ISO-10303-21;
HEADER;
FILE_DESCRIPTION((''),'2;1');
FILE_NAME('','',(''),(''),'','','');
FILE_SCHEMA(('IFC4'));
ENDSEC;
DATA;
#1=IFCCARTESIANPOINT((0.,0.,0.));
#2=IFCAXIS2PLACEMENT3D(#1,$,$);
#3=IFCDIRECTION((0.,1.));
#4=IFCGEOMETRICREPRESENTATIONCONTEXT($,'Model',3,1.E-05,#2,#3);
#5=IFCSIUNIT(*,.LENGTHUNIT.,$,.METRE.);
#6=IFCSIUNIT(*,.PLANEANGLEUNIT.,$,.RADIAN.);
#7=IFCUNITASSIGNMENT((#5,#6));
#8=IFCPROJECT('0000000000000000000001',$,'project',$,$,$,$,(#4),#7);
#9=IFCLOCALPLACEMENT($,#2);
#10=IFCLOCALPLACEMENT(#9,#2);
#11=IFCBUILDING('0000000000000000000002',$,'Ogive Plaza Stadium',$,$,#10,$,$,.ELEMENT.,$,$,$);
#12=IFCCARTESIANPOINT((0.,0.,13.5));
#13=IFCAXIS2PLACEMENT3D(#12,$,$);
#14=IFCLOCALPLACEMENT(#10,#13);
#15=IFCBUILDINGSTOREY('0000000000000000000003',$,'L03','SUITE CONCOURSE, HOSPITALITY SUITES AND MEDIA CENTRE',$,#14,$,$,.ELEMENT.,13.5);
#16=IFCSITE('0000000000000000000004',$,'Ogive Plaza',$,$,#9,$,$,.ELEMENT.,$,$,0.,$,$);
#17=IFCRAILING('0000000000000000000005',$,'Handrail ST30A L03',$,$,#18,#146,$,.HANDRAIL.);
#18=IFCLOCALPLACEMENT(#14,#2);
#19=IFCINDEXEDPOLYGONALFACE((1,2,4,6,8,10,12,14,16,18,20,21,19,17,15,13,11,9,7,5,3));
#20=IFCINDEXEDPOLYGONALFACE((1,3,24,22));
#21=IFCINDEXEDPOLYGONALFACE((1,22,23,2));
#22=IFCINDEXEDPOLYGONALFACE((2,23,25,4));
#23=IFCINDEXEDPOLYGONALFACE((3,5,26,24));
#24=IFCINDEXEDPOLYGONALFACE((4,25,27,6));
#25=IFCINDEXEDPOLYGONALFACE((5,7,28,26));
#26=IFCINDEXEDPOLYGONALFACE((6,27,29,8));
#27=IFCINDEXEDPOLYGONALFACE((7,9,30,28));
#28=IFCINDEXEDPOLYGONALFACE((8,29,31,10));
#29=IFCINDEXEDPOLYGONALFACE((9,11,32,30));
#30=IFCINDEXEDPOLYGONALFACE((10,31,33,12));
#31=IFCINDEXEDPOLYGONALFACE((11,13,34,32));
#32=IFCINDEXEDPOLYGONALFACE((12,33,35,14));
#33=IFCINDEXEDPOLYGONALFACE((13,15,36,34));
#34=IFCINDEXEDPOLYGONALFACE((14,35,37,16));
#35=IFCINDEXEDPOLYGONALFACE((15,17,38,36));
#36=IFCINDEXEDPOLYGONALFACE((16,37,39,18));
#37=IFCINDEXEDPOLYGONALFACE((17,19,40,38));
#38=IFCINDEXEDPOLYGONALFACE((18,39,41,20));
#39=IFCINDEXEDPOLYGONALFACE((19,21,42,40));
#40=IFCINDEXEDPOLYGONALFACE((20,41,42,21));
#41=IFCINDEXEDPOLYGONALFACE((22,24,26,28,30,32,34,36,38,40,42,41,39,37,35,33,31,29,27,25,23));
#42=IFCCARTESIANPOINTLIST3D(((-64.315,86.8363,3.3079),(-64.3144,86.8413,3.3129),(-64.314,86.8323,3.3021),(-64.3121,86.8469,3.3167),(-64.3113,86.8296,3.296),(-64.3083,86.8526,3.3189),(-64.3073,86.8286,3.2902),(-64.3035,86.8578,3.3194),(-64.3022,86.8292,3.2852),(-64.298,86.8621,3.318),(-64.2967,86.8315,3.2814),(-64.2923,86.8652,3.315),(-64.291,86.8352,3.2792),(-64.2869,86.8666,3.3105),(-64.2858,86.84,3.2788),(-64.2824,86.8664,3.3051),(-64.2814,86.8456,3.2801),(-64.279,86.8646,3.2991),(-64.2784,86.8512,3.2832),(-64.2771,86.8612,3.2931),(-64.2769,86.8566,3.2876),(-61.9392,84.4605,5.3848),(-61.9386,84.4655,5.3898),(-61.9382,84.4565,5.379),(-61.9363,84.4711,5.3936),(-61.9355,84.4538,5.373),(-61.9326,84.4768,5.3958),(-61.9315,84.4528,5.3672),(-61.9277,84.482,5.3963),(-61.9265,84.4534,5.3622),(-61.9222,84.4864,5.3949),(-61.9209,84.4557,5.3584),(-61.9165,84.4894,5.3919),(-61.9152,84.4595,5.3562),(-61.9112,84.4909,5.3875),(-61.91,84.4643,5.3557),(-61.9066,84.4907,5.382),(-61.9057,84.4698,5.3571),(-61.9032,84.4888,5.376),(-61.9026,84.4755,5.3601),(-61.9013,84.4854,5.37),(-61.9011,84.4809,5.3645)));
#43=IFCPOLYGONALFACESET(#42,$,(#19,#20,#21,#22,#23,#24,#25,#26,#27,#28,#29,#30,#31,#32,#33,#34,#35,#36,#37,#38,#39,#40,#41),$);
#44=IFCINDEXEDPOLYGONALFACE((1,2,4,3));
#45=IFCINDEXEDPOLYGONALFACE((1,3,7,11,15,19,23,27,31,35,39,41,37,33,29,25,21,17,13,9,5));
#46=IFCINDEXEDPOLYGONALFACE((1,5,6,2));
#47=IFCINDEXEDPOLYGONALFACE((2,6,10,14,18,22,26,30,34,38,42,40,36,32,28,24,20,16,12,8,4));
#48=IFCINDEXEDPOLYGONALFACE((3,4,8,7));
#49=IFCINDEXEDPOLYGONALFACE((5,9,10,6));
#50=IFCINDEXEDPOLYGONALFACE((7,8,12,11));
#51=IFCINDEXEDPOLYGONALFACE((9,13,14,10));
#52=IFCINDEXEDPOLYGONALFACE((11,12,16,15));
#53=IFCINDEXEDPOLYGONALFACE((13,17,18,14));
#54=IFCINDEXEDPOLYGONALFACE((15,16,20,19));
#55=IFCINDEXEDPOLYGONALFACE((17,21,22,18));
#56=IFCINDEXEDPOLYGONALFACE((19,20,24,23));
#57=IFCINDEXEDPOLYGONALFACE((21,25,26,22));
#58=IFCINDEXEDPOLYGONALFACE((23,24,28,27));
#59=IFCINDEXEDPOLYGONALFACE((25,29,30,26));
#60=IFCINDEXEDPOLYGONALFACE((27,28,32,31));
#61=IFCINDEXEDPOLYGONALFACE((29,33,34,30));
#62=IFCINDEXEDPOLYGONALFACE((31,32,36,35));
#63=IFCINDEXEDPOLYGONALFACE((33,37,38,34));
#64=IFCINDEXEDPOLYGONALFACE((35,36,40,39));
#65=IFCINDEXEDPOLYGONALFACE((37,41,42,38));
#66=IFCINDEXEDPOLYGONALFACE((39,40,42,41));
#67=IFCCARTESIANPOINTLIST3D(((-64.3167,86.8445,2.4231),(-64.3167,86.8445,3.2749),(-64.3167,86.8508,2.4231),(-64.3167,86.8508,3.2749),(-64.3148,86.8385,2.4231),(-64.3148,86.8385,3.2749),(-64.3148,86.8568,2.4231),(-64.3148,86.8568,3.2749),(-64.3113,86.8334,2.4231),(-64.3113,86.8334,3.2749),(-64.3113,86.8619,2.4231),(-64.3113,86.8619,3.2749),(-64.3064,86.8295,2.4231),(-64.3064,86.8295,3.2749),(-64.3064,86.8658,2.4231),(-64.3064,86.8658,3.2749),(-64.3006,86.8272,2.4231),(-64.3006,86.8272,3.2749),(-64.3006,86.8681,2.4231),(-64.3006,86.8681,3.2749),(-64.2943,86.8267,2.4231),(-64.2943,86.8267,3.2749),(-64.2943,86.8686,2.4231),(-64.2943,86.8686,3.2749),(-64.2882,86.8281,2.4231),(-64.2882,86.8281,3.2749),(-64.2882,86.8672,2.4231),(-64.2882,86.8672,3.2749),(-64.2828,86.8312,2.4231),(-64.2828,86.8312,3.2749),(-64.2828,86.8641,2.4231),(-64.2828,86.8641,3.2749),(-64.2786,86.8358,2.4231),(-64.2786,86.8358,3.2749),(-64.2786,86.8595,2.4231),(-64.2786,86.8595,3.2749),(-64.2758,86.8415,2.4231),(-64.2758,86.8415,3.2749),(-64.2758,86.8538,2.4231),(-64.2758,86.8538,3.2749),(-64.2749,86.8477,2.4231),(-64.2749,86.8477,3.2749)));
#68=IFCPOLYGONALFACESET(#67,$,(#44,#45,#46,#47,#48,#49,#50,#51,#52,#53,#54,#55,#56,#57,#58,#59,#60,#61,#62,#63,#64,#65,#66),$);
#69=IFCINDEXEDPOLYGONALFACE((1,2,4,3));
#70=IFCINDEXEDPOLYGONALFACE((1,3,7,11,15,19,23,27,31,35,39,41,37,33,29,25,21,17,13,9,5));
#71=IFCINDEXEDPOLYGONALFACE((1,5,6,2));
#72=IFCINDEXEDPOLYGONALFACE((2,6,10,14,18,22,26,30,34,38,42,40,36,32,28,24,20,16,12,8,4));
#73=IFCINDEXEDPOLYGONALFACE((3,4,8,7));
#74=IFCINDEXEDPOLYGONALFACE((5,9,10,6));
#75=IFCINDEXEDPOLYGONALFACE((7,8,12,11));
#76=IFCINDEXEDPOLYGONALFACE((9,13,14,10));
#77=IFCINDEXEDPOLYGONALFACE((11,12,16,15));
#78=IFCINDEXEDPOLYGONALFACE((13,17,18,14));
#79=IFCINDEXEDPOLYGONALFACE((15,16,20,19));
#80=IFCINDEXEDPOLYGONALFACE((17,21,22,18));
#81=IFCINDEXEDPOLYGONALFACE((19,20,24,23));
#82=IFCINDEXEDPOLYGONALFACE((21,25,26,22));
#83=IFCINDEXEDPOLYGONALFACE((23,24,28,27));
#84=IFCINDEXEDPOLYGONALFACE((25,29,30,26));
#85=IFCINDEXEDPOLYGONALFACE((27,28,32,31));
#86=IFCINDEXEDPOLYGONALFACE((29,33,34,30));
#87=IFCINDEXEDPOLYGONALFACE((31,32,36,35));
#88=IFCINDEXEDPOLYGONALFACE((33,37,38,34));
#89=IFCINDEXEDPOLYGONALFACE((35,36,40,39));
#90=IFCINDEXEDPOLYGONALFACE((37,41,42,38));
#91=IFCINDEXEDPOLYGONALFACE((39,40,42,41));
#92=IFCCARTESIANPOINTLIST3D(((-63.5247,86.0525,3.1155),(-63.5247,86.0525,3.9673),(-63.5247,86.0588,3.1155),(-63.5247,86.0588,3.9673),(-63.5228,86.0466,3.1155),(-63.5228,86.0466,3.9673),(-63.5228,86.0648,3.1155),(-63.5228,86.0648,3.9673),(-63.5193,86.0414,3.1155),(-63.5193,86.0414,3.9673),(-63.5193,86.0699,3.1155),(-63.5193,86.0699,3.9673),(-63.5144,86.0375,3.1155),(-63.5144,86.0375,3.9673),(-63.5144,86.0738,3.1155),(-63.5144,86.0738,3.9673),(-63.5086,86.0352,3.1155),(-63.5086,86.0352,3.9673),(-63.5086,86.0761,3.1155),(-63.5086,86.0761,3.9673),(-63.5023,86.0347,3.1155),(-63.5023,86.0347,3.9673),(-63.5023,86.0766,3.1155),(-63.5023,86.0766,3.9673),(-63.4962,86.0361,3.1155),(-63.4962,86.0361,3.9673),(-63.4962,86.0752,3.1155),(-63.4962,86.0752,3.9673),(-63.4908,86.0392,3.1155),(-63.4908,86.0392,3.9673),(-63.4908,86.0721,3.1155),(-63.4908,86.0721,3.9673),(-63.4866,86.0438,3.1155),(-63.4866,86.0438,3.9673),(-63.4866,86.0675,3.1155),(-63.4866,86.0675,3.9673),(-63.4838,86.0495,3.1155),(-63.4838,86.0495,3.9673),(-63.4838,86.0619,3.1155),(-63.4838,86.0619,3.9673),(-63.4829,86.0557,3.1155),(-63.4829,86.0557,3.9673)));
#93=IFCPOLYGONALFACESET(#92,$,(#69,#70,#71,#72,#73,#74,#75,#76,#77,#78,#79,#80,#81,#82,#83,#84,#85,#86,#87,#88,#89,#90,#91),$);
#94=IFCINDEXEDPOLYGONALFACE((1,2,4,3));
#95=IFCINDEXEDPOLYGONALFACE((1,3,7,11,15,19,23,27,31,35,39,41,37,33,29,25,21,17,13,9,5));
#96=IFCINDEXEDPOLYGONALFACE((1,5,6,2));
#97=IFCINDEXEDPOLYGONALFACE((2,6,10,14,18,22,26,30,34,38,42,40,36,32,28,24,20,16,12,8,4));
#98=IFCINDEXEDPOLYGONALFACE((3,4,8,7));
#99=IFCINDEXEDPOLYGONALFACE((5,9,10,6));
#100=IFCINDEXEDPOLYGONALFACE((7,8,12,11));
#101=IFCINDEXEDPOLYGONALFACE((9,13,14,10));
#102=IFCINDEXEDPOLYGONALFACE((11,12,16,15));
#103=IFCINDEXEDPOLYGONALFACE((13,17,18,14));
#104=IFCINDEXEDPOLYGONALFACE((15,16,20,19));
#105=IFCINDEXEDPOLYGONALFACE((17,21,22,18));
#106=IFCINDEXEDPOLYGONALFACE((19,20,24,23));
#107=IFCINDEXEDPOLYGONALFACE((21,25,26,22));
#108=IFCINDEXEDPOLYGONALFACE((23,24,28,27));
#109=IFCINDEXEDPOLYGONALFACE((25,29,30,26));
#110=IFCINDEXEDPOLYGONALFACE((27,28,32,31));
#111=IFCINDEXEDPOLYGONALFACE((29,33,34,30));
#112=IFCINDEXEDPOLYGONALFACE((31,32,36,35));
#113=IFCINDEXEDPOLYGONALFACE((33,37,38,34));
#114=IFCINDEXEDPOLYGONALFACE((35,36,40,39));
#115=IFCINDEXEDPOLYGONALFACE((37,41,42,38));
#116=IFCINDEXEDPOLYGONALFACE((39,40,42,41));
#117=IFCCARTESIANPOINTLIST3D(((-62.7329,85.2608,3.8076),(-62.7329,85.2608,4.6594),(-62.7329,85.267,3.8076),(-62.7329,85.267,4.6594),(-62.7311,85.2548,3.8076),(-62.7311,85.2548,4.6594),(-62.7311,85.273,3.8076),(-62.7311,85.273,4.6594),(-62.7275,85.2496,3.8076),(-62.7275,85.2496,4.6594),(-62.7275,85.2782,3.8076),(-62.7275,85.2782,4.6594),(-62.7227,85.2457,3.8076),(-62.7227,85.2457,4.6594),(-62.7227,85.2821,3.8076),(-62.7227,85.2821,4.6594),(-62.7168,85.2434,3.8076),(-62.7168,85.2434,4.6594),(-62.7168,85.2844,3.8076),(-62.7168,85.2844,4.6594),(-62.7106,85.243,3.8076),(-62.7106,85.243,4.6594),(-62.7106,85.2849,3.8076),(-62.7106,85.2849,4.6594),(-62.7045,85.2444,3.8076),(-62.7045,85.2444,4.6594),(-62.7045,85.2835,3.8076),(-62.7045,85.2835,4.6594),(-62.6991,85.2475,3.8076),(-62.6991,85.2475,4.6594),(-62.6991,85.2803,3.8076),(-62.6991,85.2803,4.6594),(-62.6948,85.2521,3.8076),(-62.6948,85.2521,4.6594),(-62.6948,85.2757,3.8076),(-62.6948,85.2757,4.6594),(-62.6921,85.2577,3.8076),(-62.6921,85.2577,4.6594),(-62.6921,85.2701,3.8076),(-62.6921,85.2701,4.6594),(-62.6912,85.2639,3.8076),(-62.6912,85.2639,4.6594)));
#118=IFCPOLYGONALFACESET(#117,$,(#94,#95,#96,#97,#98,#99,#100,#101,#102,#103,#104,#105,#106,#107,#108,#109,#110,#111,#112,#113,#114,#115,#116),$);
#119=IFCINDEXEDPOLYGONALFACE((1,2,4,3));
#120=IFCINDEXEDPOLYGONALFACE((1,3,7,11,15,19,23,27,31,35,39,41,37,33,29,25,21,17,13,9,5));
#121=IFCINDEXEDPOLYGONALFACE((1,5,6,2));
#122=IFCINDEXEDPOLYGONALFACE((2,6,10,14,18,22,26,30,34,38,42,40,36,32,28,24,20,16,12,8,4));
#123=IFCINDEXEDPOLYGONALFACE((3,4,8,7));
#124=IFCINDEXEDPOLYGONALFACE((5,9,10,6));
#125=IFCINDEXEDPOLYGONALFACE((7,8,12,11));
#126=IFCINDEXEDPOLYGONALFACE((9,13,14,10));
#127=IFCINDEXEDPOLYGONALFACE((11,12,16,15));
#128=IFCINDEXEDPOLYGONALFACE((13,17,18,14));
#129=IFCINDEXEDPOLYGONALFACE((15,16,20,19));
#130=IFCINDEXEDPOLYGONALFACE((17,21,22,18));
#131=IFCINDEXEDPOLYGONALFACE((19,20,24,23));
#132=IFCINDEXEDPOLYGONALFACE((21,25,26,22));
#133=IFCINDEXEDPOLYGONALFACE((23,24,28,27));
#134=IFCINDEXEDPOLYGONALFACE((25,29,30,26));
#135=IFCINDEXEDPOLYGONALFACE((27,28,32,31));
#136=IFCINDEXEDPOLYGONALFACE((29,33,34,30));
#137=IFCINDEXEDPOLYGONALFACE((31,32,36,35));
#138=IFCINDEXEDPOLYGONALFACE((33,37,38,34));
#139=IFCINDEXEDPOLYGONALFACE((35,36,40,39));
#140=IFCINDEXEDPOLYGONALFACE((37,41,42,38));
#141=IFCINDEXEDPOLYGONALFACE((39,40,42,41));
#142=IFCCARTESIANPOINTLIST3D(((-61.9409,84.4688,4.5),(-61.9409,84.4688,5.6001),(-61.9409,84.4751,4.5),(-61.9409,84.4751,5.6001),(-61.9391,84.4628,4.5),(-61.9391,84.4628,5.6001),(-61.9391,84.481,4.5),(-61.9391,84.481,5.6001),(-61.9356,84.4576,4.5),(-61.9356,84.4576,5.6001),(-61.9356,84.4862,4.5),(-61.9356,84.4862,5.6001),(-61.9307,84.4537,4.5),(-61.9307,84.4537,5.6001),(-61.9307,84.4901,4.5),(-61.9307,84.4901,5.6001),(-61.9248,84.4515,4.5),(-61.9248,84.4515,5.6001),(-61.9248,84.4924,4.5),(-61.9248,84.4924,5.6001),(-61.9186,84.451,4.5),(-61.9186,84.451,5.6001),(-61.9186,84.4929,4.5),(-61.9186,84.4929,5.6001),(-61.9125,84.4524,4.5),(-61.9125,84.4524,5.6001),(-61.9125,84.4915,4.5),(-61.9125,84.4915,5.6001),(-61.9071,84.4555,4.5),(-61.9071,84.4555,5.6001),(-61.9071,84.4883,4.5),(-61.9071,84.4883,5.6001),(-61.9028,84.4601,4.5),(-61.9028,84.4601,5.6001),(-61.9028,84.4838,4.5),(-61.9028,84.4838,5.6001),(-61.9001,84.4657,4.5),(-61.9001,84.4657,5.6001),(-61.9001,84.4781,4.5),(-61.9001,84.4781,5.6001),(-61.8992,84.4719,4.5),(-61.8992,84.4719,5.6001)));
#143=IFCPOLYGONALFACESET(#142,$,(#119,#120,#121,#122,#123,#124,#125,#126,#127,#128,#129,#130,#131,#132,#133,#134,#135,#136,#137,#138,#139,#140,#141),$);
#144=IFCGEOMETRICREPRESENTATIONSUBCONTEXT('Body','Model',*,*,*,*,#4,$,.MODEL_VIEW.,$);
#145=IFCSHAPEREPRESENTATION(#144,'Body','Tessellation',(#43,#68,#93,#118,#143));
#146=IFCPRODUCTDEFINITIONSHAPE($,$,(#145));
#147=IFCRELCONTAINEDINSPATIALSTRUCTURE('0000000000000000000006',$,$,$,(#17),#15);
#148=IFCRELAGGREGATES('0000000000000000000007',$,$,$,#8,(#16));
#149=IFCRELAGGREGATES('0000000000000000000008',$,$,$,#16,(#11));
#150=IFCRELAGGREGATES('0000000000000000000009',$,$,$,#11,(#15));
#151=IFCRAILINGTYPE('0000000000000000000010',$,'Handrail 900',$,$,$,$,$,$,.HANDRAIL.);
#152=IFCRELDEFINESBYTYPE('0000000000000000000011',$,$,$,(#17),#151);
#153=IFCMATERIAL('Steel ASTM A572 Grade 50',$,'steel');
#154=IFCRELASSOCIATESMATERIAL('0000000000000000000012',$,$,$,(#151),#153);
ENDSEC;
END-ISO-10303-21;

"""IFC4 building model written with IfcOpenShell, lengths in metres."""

from ifc_helpers import new_model, si_unit, direction, frame, origin, origin_2d, place, context, subcontext, project, spatial, circle, extrude, material, type_object, element, save


model = new_model("IFC4")

# Units and contexts
model_context = context("Model", 3, precision=1e-05, world=origin(), true_north=direction((0.0, 1.0)))
body_context = subcontext(model_context, "Body", "Model", "MODEL_VIEW")
ifc_project = project(units=[si_unit("LENGTHUNIT", "METRE"), si_unit("PLANEANGLEUNIT", "RADIAN")], contexts=[model_context])

# Site, building, storey
site_placement = place(None, origin())
site = spatial("IfcSite", under=ifc_project, at=site_placement, Name="Ogive Plaza", CompositionType="ELEMENT", RefElevation=0.0)
building_placement = place(site_placement, origin())
building = spatial("IfcBuilding", under=site, at=building_placement, Name="Ogive Plaza Stadium", CompositionType="ELEMENT")
storey_placement = place(building_placement, frame((0.0, 0.0, 13.5)))
storey = spatial("IfcBuildingStorey", under=building, at=storey_placement, Name="L03", Description="SUITE CONCOURSE, HOSPITALITY SUITES AND MEDIA CENTRE", CompositionType="ELEMENT", Elevation=13.5)

# Railing
ifc_material_1 = material(Name="Steel ASTM A572 Grade 50", Category="steel")
railing_type_1 = type_object("IfcRailingType", Name="Handrail 900", PredefinedType="HANDRAIL", material=ifc_material_1)
for number, where, name in (
    (1, (-64.2959, 86.8477, 2.4231), "Handrail ST30A L03"),
):
    element("IfcRailing", number, at=place(storey_placement, frame(where)), inside=storey, type_object=railing_type_1, Name=name, PredefinedType="HANDRAIL", context=body_context, shape_type="SweptSolid", body=[
        extrude(circle(Radius=0.0239, at=origin_2d()), frame((0.0, 0.0, 0.876), z_axis=(0.601466, -0.601466, 0.525811), x_axis=(0.707107, 0.707107, 0.0)), (0.0, 0.0, 1.0), 3.95),
        extrude(circle(Radius=0.021, at=origin_2d()), origin(), (0.0, 0.0, 1.0), 0.8518),
        extrude(circle(Radius=0.021, at=origin_2d()), frame((0.792, -0.792, 0.6924)), (0.0, 0.0, 1.0), 0.8518),
        extrude(circle(Radius=0.021, at=origin_2d()), frame((1.5837, -1.5837, 1.3845)), (0.0, 0.0, 1.0), 0.8518),
        extrude(circle(Radius=0.021, at=origin_2d()), frame((2.3757, -2.3757, 2.0769)), (0.0, 0.0, 1.0), 1.1001),
    ])

save(model, "model.ifc")
